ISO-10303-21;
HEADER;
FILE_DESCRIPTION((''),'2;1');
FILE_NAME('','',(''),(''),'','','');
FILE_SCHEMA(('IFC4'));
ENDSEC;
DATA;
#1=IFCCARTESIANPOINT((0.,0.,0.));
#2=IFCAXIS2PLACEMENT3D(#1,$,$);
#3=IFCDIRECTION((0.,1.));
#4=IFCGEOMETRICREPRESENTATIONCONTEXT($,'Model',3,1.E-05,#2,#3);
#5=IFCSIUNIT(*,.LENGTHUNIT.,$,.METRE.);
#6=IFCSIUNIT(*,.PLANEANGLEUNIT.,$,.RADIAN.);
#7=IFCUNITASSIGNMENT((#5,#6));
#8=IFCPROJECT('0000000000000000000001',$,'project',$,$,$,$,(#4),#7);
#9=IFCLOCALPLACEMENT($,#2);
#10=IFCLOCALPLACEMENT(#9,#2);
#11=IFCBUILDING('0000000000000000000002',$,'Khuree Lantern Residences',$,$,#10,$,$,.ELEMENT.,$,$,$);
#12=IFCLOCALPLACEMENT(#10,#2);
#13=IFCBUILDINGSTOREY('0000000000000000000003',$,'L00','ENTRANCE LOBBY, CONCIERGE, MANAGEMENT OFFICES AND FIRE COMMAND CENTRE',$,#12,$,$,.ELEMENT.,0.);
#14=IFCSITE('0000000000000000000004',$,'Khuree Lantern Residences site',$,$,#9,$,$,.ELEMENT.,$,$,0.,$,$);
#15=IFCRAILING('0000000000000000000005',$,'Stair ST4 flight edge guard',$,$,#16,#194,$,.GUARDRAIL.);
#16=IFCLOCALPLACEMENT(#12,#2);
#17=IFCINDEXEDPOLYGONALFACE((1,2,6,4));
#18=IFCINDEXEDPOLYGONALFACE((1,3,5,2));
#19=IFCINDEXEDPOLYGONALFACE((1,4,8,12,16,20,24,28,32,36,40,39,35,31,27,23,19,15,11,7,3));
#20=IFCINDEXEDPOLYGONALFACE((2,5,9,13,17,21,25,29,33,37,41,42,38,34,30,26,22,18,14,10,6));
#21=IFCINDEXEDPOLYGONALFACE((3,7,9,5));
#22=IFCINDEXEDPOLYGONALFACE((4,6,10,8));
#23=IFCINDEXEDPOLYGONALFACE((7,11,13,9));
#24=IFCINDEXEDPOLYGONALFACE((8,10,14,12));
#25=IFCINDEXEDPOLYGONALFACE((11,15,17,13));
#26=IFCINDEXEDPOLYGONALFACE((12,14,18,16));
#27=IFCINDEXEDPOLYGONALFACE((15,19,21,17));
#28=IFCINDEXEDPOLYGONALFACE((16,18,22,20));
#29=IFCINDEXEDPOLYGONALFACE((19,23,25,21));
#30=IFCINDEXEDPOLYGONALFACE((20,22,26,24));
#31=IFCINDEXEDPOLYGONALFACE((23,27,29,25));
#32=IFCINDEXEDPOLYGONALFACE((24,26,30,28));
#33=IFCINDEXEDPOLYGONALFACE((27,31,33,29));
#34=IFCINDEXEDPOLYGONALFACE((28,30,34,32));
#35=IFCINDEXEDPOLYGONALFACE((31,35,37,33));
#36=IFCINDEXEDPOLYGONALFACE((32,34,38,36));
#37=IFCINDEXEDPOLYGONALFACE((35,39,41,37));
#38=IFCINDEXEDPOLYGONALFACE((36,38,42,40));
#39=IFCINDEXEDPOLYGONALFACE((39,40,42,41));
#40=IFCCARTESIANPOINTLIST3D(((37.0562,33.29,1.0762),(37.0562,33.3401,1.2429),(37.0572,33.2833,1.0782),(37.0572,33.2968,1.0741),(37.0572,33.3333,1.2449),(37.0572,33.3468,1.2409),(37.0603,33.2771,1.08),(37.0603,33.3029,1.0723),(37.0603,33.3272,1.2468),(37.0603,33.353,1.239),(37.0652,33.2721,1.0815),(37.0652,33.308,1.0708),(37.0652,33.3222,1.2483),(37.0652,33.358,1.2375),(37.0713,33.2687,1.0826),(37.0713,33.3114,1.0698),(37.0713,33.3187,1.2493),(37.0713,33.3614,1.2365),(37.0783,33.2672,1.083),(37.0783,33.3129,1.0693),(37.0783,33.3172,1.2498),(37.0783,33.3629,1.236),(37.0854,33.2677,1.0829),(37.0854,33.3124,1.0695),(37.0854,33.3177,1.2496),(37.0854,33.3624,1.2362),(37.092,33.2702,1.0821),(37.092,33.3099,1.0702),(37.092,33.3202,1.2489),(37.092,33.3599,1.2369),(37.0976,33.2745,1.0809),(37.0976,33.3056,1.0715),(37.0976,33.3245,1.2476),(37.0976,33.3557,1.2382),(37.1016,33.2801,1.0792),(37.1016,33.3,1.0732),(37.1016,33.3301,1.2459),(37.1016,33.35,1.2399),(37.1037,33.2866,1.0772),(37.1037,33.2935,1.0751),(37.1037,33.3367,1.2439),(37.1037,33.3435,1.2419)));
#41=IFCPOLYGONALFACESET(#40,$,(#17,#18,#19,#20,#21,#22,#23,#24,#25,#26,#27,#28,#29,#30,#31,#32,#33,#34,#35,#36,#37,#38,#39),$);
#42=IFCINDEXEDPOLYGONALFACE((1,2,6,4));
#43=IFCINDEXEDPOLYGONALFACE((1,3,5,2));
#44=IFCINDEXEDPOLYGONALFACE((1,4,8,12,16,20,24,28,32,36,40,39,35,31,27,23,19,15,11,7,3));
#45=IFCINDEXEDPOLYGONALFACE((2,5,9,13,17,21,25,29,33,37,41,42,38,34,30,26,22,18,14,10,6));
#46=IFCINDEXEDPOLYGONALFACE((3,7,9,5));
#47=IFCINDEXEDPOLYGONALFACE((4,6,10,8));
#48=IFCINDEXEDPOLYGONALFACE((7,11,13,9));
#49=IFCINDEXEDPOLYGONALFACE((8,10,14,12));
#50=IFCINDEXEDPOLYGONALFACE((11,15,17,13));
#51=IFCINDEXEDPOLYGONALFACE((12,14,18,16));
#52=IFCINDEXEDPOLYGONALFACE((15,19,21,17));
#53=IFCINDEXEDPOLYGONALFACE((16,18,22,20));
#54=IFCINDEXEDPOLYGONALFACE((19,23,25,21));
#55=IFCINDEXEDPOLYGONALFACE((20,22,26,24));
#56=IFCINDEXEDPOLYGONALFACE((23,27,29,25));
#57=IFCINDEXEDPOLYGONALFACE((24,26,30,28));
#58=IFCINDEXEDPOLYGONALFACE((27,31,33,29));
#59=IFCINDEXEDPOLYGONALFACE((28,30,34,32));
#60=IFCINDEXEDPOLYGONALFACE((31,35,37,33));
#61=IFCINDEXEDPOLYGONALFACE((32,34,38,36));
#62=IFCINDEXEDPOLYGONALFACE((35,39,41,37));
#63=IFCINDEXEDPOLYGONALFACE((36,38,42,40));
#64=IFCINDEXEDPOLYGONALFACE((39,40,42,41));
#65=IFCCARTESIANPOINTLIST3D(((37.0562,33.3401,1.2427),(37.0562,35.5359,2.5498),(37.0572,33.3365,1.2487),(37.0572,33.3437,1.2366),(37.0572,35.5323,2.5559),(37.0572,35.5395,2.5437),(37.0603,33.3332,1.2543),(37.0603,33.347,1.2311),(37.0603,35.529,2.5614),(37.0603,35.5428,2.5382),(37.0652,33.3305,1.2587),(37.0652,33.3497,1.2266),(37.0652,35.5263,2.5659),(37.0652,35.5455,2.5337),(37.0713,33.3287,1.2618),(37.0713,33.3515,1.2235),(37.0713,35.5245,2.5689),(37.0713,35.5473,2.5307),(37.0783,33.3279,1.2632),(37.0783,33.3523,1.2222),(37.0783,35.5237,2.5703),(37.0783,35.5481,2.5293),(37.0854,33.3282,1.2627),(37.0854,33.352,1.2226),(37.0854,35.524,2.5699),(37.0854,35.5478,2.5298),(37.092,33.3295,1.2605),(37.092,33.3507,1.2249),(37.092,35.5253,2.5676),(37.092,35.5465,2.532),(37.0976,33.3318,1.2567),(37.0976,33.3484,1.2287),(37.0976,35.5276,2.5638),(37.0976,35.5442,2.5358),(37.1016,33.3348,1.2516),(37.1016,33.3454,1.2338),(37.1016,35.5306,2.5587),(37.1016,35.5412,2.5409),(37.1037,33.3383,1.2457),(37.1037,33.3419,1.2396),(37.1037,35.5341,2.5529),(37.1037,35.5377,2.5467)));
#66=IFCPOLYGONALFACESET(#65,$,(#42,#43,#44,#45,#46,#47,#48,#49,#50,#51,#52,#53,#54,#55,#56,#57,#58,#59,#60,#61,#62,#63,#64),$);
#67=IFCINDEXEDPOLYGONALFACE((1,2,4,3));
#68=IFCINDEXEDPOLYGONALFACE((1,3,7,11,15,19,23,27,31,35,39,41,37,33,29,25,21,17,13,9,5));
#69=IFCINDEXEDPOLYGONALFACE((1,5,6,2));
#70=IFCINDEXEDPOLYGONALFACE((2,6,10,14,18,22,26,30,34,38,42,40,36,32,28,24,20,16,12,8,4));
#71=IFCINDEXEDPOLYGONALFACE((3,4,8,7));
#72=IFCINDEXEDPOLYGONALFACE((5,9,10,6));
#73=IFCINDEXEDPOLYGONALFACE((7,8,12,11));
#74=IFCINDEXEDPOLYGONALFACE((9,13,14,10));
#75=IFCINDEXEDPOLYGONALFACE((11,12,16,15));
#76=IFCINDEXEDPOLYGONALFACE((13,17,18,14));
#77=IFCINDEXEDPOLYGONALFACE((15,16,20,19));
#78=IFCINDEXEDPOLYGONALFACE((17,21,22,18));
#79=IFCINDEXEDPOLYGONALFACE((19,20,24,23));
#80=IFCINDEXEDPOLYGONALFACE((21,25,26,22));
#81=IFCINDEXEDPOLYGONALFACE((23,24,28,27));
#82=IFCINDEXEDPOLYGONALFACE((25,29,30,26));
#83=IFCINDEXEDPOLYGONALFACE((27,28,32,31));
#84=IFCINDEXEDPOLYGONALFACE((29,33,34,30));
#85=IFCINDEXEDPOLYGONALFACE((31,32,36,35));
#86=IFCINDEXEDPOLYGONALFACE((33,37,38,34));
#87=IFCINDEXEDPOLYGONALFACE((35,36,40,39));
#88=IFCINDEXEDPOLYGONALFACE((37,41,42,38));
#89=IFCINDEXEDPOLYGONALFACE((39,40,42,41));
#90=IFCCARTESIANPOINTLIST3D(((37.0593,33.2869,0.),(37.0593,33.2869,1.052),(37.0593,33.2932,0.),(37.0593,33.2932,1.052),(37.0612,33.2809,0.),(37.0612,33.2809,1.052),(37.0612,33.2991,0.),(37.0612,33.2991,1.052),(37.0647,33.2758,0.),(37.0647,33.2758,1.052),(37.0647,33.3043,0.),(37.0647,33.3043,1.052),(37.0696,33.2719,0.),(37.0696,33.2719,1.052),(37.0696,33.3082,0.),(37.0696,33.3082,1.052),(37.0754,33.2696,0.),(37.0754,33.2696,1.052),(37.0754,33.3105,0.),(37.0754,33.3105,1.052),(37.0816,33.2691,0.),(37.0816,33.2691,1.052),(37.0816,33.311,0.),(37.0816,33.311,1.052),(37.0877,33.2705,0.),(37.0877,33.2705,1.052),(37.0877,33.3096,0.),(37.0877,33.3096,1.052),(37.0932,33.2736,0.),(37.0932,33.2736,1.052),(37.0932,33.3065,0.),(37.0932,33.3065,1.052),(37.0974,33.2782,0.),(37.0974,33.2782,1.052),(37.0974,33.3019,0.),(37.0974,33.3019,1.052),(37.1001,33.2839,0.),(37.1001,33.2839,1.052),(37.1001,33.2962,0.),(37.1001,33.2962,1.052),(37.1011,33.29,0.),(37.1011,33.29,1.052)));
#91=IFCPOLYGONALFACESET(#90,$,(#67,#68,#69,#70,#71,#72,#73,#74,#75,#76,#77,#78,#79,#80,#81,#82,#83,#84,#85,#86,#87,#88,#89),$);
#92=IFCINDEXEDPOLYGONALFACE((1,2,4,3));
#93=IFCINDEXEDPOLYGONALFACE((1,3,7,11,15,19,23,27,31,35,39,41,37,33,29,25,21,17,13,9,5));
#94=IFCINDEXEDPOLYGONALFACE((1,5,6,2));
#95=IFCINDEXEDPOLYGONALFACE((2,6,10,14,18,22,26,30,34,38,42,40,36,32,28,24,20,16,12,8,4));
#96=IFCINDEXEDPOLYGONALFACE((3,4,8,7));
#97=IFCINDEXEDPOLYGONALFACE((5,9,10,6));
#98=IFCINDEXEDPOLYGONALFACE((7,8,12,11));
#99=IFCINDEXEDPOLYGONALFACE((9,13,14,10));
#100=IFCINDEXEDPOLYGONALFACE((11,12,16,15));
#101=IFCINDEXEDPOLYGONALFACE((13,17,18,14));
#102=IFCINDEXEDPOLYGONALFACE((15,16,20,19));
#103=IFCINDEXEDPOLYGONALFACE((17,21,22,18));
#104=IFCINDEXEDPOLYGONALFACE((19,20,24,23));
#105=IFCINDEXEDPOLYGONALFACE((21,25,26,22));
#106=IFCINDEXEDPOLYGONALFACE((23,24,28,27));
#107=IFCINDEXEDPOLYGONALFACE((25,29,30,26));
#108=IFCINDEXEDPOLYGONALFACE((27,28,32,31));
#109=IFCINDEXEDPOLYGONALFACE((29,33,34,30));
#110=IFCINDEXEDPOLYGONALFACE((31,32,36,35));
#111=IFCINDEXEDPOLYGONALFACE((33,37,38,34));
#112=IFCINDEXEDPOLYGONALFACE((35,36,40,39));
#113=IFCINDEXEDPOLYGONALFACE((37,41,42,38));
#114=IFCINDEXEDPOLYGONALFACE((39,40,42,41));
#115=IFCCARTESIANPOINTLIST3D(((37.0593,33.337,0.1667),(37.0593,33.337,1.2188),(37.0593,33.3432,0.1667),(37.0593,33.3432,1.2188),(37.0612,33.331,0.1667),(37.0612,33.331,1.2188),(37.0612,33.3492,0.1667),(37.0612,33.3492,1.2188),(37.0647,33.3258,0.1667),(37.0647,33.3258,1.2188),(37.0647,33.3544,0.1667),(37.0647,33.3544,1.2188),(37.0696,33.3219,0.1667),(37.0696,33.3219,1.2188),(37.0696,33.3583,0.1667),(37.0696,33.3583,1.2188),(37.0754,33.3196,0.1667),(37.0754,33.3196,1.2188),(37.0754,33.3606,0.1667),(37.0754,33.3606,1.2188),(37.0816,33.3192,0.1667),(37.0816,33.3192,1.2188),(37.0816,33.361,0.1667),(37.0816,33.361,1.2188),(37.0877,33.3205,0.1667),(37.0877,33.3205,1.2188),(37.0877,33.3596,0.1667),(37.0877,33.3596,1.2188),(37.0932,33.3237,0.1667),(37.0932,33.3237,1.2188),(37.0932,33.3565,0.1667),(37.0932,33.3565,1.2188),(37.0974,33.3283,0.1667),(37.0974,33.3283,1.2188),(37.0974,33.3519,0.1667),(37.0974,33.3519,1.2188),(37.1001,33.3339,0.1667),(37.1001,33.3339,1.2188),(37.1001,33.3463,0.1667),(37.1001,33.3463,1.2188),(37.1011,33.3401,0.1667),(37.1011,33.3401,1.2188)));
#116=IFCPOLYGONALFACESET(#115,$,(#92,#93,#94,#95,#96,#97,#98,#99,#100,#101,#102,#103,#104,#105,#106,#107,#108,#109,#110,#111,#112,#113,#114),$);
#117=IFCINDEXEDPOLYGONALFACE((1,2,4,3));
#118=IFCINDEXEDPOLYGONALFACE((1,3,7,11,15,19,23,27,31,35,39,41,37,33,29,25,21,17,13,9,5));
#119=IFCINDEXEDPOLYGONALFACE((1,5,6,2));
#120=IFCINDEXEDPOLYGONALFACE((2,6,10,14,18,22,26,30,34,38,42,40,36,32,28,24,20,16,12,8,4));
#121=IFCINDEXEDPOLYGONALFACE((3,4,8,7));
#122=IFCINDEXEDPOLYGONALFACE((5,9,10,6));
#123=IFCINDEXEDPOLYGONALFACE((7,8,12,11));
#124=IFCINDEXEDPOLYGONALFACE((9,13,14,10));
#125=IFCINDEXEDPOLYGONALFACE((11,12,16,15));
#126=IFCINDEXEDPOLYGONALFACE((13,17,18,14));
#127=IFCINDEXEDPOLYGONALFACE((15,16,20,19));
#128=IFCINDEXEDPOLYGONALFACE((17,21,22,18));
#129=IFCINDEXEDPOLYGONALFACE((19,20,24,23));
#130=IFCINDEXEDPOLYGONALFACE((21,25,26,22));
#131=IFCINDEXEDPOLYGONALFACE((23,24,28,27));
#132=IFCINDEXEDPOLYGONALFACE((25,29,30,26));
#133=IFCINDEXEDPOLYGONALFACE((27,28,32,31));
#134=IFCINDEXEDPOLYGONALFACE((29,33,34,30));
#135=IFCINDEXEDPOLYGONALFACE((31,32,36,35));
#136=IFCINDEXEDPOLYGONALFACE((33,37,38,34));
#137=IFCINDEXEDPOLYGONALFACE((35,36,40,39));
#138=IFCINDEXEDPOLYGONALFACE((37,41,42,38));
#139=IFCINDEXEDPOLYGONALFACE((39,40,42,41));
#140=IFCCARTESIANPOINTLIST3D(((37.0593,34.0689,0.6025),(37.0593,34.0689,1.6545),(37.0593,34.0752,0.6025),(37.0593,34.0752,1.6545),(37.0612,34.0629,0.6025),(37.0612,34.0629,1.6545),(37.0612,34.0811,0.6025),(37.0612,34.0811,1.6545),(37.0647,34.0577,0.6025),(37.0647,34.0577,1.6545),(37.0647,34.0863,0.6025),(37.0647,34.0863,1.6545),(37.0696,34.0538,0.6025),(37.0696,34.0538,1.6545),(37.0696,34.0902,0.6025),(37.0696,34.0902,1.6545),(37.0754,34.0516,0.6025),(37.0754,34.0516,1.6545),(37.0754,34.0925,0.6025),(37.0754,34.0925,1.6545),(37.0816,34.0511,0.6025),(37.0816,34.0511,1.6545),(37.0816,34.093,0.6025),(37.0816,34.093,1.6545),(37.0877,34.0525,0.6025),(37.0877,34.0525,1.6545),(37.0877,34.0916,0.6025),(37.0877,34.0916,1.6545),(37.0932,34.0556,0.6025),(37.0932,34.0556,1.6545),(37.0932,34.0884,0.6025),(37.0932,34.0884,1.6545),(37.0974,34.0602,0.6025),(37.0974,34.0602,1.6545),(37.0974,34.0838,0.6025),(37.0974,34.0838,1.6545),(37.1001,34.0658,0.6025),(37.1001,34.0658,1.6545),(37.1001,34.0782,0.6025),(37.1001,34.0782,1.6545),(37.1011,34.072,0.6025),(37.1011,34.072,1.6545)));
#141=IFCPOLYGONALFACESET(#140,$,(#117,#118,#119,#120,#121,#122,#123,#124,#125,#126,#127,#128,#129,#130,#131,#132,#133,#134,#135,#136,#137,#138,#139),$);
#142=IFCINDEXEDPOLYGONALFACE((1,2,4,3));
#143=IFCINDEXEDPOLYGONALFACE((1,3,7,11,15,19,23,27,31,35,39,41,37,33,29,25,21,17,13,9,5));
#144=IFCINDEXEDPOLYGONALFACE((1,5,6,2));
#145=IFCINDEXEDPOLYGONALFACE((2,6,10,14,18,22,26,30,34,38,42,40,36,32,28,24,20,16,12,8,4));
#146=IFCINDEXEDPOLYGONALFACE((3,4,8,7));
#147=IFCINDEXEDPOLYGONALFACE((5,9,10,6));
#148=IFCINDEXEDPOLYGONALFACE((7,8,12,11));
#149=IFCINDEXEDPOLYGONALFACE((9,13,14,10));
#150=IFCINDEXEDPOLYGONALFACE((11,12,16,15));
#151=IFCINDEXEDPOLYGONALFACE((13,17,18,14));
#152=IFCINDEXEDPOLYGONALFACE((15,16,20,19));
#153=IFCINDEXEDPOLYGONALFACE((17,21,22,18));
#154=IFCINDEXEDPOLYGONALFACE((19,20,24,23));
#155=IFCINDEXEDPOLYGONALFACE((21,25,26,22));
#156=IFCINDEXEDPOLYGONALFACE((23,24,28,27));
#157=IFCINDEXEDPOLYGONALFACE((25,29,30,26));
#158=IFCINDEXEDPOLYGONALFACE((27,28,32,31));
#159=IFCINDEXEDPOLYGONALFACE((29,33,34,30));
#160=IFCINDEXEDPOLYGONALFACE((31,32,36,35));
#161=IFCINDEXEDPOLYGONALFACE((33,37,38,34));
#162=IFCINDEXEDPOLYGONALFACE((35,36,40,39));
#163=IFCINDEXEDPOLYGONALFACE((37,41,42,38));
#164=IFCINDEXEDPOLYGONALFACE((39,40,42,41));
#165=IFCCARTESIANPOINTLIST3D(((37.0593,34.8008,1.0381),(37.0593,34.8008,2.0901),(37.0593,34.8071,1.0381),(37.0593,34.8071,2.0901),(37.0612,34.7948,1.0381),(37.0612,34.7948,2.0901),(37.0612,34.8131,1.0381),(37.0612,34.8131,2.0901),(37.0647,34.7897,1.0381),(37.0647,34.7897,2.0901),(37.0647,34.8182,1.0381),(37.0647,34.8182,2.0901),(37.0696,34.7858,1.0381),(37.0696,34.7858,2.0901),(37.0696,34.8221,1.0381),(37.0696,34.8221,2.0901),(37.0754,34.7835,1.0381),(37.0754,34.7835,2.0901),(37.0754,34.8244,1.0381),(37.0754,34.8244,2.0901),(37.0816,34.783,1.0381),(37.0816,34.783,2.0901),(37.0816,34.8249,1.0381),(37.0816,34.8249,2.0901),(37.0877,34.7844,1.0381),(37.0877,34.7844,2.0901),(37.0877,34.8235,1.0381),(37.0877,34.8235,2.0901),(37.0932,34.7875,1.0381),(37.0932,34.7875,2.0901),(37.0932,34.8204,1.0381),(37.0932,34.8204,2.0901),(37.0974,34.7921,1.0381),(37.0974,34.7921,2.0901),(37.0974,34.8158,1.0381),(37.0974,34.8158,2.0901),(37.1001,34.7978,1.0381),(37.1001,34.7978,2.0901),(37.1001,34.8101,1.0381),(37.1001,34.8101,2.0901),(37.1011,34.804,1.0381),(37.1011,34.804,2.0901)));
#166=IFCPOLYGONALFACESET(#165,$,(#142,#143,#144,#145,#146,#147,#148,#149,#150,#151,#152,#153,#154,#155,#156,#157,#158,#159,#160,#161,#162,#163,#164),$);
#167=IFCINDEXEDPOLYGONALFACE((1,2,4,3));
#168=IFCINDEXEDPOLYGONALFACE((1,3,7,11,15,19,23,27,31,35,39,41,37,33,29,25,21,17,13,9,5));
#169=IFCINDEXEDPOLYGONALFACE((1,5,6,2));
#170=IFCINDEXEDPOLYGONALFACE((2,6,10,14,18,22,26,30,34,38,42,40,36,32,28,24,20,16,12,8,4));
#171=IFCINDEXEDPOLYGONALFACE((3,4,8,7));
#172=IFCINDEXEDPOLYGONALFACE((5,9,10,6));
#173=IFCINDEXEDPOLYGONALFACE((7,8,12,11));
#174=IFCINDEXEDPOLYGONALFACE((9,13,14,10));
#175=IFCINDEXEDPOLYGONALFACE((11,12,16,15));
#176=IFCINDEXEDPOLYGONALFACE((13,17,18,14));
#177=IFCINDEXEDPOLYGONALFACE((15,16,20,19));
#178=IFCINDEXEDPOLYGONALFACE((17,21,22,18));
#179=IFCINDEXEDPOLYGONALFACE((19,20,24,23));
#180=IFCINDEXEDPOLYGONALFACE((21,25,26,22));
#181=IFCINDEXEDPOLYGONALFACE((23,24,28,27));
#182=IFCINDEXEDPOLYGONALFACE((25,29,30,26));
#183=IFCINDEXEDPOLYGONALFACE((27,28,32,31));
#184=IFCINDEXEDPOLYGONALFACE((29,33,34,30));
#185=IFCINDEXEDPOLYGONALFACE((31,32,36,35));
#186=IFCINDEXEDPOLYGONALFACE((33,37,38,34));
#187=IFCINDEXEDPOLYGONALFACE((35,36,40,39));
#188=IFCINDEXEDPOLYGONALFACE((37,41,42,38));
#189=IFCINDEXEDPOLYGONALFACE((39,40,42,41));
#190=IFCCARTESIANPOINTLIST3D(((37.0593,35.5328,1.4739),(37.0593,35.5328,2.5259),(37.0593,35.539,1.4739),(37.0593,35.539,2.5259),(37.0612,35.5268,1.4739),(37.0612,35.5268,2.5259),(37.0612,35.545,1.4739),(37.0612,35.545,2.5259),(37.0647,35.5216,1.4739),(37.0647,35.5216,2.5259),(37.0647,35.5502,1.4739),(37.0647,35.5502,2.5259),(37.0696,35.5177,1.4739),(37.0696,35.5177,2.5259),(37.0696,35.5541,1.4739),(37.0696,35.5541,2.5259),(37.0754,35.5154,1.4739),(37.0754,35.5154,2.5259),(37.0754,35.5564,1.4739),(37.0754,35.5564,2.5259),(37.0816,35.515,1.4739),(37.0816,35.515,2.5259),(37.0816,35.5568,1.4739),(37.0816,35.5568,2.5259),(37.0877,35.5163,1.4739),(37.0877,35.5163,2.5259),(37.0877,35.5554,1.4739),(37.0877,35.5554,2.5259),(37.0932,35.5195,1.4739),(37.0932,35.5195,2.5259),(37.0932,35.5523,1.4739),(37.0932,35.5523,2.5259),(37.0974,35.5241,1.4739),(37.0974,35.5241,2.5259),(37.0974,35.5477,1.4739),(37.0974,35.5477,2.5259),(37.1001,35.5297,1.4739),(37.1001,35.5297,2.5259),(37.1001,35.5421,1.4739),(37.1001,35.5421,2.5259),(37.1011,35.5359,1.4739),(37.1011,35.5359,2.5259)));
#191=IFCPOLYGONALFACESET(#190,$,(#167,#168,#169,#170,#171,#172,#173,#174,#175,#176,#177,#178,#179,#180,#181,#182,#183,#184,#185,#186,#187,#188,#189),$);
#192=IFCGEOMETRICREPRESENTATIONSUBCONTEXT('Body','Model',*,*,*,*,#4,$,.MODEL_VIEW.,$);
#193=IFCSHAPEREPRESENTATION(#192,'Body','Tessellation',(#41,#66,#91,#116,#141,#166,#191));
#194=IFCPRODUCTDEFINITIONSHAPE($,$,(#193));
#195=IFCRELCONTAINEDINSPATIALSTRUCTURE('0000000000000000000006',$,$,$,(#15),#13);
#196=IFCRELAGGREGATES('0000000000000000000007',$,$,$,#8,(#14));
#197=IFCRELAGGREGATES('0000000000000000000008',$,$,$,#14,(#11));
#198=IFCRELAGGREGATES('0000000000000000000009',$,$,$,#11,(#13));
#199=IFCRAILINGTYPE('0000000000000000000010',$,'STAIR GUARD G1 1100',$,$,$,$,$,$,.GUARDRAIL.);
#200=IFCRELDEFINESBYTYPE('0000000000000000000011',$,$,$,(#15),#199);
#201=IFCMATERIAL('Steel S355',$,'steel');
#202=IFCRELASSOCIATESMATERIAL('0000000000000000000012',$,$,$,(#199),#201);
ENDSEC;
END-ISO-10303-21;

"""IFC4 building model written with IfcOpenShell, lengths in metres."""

from ifc_helpers import new_model, si_unit, direction, frame, origin, origin_2d, place, context, subcontext, project, spatial, circle, extrude, material, type_object, element, save


model = new_model("IFC4")

# Units and contexts
model_context = context("Model", 3, precision=1e-05, world=origin(), true_north=direction((0.0, 1.0)))
body_context = subcontext(model_context, "Body", "Model", "MODEL_VIEW")
ifc_project = project(units=[si_unit("LENGTHUNIT", "METRE"), si_unit("PLANEANGLEUNIT", "RADIAN")], contexts=[model_context])

# Site, building, storey
site_placement = place(None, origin())
site = spatial("IfcSite", under=ifc_project, at=site_placement, Name="Khuree Lantern Residences site", CompositionType="ELEMENT", RefElevation=0.0)
building_placement = place(site_placement, origin())
building = spatial("IfcBuilding", under=site, at=building_placement, Name="Khuree Lantern Residences", CompositionType="ELEMENT")
storey_placement = place(building_placement, origin())
storey = spatial("IfcBuildingStorey", under=building, at=storey_placement, Name="L00", Description="ENTRANCE LOBBY, CONCIERGE, MANAGEMENT OFFICES AND FIRE COMMAND CENTRE", CompositionType="ELEMENT", Elevation=0.0)

# Railing
ifc_material_1 = material(Name="Steel S355", Category="steel")
railing_type_1 = type_object("IfcRailingType", Name="STAIR GUARD G1 1100", PredefinedType="GUARDRAIL", material=ifc_material_1)
railing_1_placement = place(storey_placement, frame((37.0801, 33.29, 0.0)))
element("IfcRailing", 1, at=railing_1_placement, inside=storey, type_object=railing_type_1, Name="Stair ST4 flight edge guard", PredefinedType="GUARDRAIL", context=body_context, shape_type="SweptSolid", body=[
    extrude(circle(Radius=0.0239, at=origin_2d()), frame((0.0, 0.0, 1.0762), z_axis=(0.0, 0.287477, 0.957788), x_axis=(-1.0, 0.0, 0.0)), (0.0, 0.0, 1.0), 0.1741),
    extrude(circle(Radius=0.0239, at=origin_2d()), frame((0.0, 0.05, 1.2427), z_axis=(0.0, 0.859275, 0.511514), x_axis=(-1.0, 0.0, 0.0)), (0.0, 0.0, 1.0), 2.5554),
    extrude(circle(Radius=0.021, at=origin_2d()), origin(), (0.0, 0.0, 1.0), 1.052),
    extrude(circle(Radius=0.021, at=origin_2d()), frame((0.0, 0.05, 0.1667)), (0.0, 0.0, 1.0), 1.052),
    extrude(circle(Radius=0.021, at=origin_2d()), frame((0.0, 0.782, 0.6025)), (0.0, 0.0, 1.0), 1.052),
    extrude(circle(Radius=0.021, at=origin_2d()), frame((0.0, 1.5139, 1.0381)), (0.0, 0.0, 1.0), 1.052),
    extrude(circle(Radius=0.021, at=origin_2d()), frame((0.0, 2.2458, 1.4739)), (0.0, 0.0, 1.0), 1.052),
])

save(model, "model.ifc")
